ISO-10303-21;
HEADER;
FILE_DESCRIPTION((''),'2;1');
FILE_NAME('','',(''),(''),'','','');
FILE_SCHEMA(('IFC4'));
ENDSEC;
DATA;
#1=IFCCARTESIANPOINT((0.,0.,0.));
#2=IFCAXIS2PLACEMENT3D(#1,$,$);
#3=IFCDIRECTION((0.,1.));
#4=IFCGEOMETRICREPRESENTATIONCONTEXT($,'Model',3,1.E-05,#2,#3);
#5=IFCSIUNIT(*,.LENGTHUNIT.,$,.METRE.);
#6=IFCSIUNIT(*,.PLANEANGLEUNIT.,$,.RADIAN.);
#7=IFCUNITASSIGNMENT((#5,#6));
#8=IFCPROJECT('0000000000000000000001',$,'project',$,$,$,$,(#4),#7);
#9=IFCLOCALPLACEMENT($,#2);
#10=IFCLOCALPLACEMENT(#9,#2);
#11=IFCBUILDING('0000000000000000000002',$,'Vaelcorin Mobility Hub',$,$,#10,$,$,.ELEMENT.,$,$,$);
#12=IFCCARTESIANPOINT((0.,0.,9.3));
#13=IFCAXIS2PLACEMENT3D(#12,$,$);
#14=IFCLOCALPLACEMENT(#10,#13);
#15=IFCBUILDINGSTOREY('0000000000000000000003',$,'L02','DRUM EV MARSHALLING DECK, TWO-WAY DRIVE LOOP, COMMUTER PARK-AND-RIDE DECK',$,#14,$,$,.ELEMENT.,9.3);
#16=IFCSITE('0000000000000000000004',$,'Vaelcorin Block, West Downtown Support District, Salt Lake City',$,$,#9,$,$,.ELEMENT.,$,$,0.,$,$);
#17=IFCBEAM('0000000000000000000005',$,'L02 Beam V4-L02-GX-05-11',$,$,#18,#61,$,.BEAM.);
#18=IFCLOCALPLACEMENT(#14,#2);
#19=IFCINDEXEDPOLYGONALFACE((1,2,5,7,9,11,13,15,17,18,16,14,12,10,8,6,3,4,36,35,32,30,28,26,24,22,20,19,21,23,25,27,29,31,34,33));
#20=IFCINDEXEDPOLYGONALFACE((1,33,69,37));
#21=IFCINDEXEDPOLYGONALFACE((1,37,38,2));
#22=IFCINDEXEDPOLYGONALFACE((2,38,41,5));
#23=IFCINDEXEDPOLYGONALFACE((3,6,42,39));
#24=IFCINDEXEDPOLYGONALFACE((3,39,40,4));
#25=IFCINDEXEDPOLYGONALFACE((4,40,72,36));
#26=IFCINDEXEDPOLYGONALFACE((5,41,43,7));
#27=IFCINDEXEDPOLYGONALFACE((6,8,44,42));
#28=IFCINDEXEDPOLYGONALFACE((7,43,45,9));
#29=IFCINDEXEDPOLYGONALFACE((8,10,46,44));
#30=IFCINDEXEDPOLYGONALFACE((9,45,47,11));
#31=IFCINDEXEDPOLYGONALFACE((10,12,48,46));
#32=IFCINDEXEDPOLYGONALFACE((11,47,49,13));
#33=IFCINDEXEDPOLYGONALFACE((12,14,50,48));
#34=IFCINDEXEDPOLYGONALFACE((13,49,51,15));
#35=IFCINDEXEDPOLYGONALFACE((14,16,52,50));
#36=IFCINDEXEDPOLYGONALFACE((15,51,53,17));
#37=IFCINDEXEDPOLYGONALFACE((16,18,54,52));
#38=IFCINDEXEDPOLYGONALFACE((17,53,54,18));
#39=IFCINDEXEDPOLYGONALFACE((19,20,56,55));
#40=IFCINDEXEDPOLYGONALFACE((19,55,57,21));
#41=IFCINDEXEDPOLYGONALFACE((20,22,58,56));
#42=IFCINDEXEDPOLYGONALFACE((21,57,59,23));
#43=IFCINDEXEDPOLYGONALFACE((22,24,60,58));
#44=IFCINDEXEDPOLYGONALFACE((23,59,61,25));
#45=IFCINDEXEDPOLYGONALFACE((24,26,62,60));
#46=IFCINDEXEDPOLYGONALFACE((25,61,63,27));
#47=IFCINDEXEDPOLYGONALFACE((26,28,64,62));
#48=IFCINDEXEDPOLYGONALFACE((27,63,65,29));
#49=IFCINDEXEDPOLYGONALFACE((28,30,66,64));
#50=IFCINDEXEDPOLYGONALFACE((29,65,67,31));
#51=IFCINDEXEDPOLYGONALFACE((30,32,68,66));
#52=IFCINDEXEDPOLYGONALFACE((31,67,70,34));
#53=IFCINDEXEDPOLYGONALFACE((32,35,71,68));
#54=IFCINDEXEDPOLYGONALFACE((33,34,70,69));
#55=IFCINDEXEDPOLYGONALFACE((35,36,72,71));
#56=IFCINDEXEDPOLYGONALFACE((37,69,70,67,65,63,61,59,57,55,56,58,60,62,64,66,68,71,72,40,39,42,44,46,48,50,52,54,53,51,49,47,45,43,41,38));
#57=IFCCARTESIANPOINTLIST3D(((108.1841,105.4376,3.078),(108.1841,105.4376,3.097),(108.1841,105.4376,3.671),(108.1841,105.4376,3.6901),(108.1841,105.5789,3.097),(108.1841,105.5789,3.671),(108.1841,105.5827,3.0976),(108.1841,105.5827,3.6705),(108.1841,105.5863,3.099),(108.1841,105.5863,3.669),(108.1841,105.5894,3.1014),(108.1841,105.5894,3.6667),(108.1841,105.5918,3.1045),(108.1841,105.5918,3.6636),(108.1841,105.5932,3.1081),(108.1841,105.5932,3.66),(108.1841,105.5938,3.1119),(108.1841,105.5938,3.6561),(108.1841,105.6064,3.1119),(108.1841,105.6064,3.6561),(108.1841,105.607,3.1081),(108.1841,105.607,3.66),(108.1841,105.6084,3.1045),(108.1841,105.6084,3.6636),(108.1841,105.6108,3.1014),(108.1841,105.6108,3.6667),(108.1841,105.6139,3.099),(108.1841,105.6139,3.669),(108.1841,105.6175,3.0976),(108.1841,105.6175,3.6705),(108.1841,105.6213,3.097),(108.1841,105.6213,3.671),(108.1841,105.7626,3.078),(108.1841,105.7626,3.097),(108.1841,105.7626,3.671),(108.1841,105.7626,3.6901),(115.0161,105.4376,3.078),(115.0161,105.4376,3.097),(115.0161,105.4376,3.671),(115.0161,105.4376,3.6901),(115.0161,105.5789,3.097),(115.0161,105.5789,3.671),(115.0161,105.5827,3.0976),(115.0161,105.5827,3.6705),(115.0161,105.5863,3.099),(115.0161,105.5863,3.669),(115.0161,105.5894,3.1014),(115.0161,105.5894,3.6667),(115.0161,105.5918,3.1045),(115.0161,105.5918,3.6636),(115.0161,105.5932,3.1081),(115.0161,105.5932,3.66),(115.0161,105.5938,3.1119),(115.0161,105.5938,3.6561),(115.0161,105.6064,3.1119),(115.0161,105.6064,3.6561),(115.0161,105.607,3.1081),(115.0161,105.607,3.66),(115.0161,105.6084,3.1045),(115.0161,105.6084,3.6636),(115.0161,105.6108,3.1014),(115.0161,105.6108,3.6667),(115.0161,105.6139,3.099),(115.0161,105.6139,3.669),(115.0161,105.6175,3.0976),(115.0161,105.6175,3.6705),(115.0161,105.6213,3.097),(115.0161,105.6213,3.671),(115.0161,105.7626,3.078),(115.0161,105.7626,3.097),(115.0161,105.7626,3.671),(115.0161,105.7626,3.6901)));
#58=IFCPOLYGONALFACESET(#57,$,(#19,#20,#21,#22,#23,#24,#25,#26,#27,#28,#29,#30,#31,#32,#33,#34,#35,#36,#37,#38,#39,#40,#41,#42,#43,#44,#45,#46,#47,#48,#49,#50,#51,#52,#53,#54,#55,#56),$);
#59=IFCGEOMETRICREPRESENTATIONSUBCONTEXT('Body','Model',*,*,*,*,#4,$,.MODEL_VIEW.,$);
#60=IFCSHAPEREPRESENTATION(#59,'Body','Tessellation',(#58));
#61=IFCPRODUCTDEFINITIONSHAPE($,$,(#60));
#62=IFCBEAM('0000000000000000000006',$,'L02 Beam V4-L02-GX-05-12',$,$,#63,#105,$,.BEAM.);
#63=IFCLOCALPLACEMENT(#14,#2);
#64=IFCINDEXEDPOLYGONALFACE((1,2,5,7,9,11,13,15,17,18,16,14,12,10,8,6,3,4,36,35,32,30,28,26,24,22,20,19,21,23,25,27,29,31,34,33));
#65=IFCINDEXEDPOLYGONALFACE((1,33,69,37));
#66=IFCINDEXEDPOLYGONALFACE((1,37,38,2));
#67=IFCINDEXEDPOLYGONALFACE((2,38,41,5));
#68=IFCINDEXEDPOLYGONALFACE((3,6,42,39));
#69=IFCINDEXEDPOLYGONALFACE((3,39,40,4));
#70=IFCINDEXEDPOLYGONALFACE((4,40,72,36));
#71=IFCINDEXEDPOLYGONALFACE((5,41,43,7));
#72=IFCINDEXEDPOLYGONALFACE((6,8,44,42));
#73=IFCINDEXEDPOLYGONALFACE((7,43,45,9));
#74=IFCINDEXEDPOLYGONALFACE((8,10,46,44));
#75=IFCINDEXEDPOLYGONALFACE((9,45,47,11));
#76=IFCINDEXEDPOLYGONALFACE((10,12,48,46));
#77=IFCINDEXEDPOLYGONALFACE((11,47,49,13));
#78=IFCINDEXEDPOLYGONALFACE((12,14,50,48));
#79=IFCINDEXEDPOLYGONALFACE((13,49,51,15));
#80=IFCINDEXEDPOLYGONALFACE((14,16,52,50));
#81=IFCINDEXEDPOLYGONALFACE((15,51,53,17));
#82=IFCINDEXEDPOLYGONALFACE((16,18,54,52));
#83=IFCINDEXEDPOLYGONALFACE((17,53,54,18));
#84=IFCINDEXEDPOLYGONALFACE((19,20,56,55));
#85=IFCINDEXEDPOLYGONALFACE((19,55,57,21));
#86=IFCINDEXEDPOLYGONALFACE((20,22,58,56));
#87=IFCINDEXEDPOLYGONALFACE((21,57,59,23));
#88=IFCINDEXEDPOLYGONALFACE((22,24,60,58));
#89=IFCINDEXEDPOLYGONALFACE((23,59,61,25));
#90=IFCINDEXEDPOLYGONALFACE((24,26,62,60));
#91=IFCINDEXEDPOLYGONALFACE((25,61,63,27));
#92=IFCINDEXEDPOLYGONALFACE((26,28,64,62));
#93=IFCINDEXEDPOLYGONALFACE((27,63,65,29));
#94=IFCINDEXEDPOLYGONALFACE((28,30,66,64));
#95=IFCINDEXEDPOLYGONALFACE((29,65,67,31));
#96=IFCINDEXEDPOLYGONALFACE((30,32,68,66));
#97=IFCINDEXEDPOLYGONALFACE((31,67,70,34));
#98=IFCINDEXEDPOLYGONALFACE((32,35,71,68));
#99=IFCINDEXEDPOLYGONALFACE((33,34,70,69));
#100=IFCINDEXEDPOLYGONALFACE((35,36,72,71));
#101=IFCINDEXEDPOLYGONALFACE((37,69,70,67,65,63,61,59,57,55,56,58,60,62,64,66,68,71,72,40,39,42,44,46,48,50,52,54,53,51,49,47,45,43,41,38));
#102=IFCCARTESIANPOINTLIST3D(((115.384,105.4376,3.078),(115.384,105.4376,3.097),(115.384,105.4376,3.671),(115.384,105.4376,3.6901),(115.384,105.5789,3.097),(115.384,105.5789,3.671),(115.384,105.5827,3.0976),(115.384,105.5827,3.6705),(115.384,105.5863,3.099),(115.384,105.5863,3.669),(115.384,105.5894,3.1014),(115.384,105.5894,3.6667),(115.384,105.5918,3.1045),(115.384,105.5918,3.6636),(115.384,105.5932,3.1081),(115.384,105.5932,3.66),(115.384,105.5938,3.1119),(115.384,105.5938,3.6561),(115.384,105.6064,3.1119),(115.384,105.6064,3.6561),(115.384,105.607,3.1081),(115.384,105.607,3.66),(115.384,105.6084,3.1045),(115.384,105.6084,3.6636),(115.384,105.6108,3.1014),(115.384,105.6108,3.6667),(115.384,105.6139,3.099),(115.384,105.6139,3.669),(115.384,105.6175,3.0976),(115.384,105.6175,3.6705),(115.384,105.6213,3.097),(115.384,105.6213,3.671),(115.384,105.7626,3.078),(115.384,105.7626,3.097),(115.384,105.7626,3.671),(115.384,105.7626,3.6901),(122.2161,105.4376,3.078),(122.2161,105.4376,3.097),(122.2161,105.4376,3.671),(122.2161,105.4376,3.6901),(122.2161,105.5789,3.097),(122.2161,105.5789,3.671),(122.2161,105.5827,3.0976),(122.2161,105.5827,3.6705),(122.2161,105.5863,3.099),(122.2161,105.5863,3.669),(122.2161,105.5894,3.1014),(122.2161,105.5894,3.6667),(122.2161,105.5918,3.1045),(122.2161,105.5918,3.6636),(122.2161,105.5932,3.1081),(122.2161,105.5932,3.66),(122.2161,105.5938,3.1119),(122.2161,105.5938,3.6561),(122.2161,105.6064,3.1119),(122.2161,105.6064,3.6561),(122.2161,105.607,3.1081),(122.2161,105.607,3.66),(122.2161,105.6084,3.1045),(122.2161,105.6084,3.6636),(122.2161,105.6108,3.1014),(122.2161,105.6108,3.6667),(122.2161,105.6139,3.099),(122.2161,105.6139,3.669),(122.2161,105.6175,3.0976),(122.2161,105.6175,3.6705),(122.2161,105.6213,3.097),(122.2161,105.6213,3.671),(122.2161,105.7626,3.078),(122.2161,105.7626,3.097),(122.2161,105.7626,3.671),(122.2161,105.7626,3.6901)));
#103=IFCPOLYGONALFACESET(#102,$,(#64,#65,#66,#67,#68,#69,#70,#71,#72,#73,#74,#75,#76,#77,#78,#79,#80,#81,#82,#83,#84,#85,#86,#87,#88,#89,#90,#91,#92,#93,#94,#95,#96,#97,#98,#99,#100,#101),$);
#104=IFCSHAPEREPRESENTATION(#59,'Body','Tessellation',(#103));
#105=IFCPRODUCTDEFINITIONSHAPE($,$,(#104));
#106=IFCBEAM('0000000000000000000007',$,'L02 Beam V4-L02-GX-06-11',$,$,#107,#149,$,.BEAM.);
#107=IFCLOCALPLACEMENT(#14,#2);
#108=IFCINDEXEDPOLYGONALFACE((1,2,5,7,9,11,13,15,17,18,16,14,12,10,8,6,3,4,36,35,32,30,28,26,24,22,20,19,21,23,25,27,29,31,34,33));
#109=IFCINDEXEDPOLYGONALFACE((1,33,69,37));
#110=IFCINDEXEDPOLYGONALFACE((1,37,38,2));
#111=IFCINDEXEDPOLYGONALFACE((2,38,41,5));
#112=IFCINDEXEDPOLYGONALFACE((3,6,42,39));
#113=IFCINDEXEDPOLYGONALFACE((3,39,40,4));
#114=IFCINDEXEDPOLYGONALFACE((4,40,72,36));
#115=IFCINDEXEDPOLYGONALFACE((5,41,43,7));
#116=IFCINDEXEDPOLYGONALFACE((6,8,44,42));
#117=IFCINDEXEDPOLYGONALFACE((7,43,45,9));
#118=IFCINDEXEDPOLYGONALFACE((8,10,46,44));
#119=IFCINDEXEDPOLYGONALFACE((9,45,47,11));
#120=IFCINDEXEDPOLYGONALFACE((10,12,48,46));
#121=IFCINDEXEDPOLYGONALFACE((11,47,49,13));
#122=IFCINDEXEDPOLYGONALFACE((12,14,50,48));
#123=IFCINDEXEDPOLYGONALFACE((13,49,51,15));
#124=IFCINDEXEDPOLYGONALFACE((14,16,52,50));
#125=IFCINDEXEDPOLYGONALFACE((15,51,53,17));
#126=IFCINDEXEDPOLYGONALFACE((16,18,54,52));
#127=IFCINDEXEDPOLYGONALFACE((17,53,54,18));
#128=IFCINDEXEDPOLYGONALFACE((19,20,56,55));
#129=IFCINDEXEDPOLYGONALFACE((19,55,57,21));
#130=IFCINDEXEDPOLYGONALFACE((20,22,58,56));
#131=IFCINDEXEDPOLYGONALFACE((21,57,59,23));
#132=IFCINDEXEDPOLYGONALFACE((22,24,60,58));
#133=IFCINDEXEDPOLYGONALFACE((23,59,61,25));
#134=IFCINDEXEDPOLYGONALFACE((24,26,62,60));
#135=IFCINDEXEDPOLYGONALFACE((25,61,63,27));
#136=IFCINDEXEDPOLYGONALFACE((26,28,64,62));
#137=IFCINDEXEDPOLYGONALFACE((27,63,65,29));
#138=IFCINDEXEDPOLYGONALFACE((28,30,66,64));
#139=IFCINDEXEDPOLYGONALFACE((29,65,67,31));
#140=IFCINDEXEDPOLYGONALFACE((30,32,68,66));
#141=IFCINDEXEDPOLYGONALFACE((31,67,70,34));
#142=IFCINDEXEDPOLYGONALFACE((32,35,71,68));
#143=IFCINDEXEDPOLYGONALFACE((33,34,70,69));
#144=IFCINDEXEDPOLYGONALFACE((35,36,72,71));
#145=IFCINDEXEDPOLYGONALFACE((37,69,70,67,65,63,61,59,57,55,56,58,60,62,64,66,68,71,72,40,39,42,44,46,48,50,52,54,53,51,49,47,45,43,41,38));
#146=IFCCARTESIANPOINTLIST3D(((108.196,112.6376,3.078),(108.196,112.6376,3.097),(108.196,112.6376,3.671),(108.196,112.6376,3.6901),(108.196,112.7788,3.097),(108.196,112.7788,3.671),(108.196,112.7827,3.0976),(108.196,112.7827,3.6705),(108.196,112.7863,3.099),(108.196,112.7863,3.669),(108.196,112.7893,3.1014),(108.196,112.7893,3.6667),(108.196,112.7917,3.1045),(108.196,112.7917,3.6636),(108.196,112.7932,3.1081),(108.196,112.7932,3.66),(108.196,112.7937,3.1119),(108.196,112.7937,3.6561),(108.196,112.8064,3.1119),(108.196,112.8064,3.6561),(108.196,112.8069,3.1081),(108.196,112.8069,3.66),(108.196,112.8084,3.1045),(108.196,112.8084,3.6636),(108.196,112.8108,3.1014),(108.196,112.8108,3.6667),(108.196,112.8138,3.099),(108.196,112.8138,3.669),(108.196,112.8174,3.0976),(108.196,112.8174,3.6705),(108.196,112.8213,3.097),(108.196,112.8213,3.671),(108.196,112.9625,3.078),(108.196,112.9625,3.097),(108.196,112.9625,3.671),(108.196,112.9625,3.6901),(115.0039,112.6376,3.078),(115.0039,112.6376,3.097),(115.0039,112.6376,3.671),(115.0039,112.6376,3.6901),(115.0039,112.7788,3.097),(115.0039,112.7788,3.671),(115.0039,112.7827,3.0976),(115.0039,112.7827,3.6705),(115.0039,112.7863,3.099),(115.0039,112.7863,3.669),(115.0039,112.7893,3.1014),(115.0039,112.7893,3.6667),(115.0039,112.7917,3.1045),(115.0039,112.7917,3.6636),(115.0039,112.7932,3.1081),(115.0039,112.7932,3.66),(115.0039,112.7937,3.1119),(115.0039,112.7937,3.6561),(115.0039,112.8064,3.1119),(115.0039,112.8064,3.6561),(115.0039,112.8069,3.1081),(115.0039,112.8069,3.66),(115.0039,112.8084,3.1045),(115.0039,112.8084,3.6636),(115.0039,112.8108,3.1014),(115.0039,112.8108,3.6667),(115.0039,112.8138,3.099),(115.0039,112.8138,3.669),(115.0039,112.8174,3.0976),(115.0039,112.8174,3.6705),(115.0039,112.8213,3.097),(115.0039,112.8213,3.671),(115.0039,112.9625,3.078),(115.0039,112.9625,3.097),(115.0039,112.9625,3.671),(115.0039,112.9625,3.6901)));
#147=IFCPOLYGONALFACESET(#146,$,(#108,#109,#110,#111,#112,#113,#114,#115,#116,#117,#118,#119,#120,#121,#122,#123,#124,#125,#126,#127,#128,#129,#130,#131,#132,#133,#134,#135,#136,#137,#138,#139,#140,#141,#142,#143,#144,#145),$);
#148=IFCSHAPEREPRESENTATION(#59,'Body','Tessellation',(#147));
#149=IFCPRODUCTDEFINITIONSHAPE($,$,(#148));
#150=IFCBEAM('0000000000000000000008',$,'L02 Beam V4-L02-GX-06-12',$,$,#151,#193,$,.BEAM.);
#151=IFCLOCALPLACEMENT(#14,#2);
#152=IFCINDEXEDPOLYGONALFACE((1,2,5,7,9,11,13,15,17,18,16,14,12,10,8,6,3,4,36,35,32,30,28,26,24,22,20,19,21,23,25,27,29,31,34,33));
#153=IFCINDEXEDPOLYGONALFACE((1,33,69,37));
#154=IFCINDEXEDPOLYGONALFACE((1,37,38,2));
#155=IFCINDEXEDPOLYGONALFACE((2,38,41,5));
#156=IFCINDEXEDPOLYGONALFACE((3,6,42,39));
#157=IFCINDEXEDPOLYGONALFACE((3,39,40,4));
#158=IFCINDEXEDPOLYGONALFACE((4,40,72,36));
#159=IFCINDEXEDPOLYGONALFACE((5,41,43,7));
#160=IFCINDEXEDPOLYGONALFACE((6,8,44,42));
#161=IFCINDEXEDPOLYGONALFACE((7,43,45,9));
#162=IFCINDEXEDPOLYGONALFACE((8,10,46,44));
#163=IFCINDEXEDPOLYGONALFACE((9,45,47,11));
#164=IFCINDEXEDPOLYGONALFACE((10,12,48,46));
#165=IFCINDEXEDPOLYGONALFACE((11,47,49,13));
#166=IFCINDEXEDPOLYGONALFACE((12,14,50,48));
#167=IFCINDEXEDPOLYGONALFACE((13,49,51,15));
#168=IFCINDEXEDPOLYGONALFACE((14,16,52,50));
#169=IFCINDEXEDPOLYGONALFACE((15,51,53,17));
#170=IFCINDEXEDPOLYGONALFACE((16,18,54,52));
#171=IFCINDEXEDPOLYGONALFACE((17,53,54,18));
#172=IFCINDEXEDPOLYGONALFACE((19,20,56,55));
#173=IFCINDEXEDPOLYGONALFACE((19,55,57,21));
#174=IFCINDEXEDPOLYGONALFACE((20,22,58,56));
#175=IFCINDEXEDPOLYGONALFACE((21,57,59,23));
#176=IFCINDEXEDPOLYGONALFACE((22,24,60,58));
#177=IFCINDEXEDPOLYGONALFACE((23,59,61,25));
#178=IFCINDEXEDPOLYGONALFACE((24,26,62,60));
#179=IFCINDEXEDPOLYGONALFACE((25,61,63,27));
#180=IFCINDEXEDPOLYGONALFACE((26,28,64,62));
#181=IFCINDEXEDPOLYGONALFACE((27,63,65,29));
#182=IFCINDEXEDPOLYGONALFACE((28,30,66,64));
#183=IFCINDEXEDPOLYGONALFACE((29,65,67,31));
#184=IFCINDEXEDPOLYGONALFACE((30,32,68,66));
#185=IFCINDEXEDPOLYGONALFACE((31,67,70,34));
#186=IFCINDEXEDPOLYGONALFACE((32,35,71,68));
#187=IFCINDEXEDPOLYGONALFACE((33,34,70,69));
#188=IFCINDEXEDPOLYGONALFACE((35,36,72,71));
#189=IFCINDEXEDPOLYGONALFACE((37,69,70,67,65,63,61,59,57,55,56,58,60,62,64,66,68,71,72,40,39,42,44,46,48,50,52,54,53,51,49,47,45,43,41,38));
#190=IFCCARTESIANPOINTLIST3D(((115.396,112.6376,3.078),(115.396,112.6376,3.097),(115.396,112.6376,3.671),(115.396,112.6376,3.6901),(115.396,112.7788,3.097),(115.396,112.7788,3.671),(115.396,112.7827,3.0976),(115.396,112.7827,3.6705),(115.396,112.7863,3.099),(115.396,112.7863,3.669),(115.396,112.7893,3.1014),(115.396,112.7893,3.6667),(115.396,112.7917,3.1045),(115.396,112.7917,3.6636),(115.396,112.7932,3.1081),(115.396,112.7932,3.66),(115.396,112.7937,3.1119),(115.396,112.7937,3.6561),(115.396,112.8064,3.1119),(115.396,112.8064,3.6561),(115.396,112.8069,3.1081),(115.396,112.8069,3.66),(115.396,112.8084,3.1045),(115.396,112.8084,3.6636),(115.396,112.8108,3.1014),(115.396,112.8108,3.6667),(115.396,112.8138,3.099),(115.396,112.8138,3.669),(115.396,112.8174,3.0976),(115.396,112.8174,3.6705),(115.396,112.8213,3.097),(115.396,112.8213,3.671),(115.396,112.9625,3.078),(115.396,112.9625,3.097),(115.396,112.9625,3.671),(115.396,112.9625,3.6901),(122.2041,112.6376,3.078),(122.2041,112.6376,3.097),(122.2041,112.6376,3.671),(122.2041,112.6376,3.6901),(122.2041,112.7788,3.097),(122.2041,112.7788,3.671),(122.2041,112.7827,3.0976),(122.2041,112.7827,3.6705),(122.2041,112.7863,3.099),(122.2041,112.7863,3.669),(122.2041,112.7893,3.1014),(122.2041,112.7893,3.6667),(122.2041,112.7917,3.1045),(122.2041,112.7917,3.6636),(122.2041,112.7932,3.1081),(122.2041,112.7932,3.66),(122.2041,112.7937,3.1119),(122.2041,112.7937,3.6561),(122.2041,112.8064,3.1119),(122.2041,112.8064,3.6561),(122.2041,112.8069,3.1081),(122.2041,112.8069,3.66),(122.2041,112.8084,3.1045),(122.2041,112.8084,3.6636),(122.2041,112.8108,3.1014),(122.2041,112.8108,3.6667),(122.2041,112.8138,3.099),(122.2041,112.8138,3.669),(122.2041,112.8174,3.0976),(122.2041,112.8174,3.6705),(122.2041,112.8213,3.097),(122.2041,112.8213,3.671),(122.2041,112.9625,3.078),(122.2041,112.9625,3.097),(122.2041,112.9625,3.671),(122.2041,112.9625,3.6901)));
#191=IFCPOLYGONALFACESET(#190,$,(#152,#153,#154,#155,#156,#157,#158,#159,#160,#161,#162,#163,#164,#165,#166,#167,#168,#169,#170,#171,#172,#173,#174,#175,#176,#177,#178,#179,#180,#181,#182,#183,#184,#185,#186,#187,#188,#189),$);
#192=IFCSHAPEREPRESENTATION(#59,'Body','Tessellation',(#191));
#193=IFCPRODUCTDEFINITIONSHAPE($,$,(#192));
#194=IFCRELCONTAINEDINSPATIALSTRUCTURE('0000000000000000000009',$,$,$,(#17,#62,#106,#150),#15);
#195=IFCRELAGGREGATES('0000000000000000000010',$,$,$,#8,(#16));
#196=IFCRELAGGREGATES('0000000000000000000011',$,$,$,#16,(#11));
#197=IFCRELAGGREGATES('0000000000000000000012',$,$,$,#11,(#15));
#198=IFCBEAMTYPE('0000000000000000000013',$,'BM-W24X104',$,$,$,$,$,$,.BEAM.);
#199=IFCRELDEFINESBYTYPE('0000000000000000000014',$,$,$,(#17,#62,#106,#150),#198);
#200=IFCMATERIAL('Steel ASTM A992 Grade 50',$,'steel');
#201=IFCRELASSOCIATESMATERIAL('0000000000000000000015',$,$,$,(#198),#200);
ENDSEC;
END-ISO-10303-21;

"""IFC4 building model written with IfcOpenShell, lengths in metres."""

from ifc_helpers import new_model, si_unit, direction, frame, origin, origin_2d, place, context, subcontext, project, spatial, i_section, extrude, material, material_profile, profile_set, type_object, element, save


model = new_model("IFC4")

# Units and contexts
model_context = context("Model", 3, precision=1e-05, world=origin(), true_north=direction((0.0, 1.0)))
body_context = subcontext(model_context, "Body", "Model", "MODEL_VIEW")
ifc_project = project(units=[si_unit("LENGTHUNIT", "METRE"), si_unit("PLANEANGLEUNIT", "RADIAN")], contexts=[model_context])

# Site, building, storey
site_placement = place(None, origin())
site = spatial("IfcSite", under=ifc_project, at=site_placement, Name="Vaelcorin Block, West Downtown Support District, Salt Lake City", CompositionType="ELEMENT", RefElevation=0.0)
building_placement = place(site_placement, origin())
building = spatial("IfcBuilding", under=site, at=building_placement, Name="Vaelcorin Mobility Hub", CompositionType="ELEMENT")
storey_placement = place(building_placement, frame((0.0, 0.0, 9.3)))
storey = spatial("IfcBuildingStorey", under=building, at=storey_placement, Name="L02", Description="DRUM EV MARSHALLING DECK, TWO-WAY DRIVE LOOP, COMMUTER PARK-AND-RIDE DECK", CompositionType="ELEMENT", Elevation=9.3)

# Shared definitions
ifc_material_1 = material(Name="Steel ASTM A992 Grade 50", Category="steel")

# Beams
ifc_material_profile_1 = material_profile(ifc_material_1, i_section(OverallWidth=0.325, OverallDepth=0.6121, WebThickness=0.0127, FlangeThickness=0.019, FilletRadius=0.0149, at=origin_2d()), Name="W24X104")
ifc_profile_set_1 = profile_set([ifc_material_profile_1], Name="Steel ASTM A992 Grade 50")
beam_type_1 = type_object("IfcBeamType", Name="BM-W24X104", PredefinedType="BEAM", material=ifc_profile_set_1)
for number, where, z_axis, x_axis, name in (
    (1, (108.1841, 105.6001, 3.384), (1.0, 0.0, 0.0), (0.0, 1.0, 0.0), "L02 Beam V4-L02-GX-05-11"),
    (2, (115.384, 105.6001, 3.384), (1.0, 0.0, 0.0), (0.0, 1.0, 0.0), "L02 Beam V4-L02-GX-05-12"),
):
    element("IfcBeam", number, at=place(storey_placement, frame(where, z_axis=z_axis, x_axis=x_axis)), inside=storey, type_object=beam_type_1, Name=name, PredefinedType="BEAM", context=body_context, shape_type="SweptSolid", body=[
        extrude(i_section(OverallWidth=0.325, OverallDepth=0.6121, WebThickness=0.0127, FlangeThickness=0.019, FilletRadius=0.0149, at=origin_2d()), origin(), (0.0, 0.0, 1.0), 6.832),
    ])
beam_1_placement = place(storey_placement, frame((108.196, 112.8, 3.384), z_axis=(1.0, 0.0, 0.0), x_axis=(0.0, 1.0, 0.0)))
element("IfcBeam", 3, at=beam_1_placement, inside=storey, type_object=beam_type_1, Name="L02 Beam V4-L02-GX-06-11", PredefinedType="BEAM", context=body_context, shape_type="SweptSolid", body=[
    extrude(i_section(OverallWidth=0.325, OverallDepth=0.6121, WebThickness=0.0127, FlangeThickness=0.019, FilletRadius=0.0149, at=origin_2d()), origin(), (0.0, 0.0, 1.0), 6.8079),
])
beam_2_placement = place(storey_placement, frame((115.396, 112.8, 3.384), z_axis=(1.0, 0.0, 0.0), x_axis=(0.0, 1.0, 0.0)))
element("IfcBeam", 4, at=beam_2_placement, inside=storey, type_object=beam_type_1, Name="L02 Beam V4-L02-GX-06-12", PredefinedType="BEAM", context=body_context, shape_type="SweptSolid", body=[
    extrude(i_section(OverallWidth=0.325, OverallDepth=0.6121, WebThickness=0.0127, FlangeThickness=0.019, FilletRadius=0.0149, at=origin_2d()), origin(), (0.0, 0.0, 1.0), 6.8081),
])

save(model, "model.ifc")
